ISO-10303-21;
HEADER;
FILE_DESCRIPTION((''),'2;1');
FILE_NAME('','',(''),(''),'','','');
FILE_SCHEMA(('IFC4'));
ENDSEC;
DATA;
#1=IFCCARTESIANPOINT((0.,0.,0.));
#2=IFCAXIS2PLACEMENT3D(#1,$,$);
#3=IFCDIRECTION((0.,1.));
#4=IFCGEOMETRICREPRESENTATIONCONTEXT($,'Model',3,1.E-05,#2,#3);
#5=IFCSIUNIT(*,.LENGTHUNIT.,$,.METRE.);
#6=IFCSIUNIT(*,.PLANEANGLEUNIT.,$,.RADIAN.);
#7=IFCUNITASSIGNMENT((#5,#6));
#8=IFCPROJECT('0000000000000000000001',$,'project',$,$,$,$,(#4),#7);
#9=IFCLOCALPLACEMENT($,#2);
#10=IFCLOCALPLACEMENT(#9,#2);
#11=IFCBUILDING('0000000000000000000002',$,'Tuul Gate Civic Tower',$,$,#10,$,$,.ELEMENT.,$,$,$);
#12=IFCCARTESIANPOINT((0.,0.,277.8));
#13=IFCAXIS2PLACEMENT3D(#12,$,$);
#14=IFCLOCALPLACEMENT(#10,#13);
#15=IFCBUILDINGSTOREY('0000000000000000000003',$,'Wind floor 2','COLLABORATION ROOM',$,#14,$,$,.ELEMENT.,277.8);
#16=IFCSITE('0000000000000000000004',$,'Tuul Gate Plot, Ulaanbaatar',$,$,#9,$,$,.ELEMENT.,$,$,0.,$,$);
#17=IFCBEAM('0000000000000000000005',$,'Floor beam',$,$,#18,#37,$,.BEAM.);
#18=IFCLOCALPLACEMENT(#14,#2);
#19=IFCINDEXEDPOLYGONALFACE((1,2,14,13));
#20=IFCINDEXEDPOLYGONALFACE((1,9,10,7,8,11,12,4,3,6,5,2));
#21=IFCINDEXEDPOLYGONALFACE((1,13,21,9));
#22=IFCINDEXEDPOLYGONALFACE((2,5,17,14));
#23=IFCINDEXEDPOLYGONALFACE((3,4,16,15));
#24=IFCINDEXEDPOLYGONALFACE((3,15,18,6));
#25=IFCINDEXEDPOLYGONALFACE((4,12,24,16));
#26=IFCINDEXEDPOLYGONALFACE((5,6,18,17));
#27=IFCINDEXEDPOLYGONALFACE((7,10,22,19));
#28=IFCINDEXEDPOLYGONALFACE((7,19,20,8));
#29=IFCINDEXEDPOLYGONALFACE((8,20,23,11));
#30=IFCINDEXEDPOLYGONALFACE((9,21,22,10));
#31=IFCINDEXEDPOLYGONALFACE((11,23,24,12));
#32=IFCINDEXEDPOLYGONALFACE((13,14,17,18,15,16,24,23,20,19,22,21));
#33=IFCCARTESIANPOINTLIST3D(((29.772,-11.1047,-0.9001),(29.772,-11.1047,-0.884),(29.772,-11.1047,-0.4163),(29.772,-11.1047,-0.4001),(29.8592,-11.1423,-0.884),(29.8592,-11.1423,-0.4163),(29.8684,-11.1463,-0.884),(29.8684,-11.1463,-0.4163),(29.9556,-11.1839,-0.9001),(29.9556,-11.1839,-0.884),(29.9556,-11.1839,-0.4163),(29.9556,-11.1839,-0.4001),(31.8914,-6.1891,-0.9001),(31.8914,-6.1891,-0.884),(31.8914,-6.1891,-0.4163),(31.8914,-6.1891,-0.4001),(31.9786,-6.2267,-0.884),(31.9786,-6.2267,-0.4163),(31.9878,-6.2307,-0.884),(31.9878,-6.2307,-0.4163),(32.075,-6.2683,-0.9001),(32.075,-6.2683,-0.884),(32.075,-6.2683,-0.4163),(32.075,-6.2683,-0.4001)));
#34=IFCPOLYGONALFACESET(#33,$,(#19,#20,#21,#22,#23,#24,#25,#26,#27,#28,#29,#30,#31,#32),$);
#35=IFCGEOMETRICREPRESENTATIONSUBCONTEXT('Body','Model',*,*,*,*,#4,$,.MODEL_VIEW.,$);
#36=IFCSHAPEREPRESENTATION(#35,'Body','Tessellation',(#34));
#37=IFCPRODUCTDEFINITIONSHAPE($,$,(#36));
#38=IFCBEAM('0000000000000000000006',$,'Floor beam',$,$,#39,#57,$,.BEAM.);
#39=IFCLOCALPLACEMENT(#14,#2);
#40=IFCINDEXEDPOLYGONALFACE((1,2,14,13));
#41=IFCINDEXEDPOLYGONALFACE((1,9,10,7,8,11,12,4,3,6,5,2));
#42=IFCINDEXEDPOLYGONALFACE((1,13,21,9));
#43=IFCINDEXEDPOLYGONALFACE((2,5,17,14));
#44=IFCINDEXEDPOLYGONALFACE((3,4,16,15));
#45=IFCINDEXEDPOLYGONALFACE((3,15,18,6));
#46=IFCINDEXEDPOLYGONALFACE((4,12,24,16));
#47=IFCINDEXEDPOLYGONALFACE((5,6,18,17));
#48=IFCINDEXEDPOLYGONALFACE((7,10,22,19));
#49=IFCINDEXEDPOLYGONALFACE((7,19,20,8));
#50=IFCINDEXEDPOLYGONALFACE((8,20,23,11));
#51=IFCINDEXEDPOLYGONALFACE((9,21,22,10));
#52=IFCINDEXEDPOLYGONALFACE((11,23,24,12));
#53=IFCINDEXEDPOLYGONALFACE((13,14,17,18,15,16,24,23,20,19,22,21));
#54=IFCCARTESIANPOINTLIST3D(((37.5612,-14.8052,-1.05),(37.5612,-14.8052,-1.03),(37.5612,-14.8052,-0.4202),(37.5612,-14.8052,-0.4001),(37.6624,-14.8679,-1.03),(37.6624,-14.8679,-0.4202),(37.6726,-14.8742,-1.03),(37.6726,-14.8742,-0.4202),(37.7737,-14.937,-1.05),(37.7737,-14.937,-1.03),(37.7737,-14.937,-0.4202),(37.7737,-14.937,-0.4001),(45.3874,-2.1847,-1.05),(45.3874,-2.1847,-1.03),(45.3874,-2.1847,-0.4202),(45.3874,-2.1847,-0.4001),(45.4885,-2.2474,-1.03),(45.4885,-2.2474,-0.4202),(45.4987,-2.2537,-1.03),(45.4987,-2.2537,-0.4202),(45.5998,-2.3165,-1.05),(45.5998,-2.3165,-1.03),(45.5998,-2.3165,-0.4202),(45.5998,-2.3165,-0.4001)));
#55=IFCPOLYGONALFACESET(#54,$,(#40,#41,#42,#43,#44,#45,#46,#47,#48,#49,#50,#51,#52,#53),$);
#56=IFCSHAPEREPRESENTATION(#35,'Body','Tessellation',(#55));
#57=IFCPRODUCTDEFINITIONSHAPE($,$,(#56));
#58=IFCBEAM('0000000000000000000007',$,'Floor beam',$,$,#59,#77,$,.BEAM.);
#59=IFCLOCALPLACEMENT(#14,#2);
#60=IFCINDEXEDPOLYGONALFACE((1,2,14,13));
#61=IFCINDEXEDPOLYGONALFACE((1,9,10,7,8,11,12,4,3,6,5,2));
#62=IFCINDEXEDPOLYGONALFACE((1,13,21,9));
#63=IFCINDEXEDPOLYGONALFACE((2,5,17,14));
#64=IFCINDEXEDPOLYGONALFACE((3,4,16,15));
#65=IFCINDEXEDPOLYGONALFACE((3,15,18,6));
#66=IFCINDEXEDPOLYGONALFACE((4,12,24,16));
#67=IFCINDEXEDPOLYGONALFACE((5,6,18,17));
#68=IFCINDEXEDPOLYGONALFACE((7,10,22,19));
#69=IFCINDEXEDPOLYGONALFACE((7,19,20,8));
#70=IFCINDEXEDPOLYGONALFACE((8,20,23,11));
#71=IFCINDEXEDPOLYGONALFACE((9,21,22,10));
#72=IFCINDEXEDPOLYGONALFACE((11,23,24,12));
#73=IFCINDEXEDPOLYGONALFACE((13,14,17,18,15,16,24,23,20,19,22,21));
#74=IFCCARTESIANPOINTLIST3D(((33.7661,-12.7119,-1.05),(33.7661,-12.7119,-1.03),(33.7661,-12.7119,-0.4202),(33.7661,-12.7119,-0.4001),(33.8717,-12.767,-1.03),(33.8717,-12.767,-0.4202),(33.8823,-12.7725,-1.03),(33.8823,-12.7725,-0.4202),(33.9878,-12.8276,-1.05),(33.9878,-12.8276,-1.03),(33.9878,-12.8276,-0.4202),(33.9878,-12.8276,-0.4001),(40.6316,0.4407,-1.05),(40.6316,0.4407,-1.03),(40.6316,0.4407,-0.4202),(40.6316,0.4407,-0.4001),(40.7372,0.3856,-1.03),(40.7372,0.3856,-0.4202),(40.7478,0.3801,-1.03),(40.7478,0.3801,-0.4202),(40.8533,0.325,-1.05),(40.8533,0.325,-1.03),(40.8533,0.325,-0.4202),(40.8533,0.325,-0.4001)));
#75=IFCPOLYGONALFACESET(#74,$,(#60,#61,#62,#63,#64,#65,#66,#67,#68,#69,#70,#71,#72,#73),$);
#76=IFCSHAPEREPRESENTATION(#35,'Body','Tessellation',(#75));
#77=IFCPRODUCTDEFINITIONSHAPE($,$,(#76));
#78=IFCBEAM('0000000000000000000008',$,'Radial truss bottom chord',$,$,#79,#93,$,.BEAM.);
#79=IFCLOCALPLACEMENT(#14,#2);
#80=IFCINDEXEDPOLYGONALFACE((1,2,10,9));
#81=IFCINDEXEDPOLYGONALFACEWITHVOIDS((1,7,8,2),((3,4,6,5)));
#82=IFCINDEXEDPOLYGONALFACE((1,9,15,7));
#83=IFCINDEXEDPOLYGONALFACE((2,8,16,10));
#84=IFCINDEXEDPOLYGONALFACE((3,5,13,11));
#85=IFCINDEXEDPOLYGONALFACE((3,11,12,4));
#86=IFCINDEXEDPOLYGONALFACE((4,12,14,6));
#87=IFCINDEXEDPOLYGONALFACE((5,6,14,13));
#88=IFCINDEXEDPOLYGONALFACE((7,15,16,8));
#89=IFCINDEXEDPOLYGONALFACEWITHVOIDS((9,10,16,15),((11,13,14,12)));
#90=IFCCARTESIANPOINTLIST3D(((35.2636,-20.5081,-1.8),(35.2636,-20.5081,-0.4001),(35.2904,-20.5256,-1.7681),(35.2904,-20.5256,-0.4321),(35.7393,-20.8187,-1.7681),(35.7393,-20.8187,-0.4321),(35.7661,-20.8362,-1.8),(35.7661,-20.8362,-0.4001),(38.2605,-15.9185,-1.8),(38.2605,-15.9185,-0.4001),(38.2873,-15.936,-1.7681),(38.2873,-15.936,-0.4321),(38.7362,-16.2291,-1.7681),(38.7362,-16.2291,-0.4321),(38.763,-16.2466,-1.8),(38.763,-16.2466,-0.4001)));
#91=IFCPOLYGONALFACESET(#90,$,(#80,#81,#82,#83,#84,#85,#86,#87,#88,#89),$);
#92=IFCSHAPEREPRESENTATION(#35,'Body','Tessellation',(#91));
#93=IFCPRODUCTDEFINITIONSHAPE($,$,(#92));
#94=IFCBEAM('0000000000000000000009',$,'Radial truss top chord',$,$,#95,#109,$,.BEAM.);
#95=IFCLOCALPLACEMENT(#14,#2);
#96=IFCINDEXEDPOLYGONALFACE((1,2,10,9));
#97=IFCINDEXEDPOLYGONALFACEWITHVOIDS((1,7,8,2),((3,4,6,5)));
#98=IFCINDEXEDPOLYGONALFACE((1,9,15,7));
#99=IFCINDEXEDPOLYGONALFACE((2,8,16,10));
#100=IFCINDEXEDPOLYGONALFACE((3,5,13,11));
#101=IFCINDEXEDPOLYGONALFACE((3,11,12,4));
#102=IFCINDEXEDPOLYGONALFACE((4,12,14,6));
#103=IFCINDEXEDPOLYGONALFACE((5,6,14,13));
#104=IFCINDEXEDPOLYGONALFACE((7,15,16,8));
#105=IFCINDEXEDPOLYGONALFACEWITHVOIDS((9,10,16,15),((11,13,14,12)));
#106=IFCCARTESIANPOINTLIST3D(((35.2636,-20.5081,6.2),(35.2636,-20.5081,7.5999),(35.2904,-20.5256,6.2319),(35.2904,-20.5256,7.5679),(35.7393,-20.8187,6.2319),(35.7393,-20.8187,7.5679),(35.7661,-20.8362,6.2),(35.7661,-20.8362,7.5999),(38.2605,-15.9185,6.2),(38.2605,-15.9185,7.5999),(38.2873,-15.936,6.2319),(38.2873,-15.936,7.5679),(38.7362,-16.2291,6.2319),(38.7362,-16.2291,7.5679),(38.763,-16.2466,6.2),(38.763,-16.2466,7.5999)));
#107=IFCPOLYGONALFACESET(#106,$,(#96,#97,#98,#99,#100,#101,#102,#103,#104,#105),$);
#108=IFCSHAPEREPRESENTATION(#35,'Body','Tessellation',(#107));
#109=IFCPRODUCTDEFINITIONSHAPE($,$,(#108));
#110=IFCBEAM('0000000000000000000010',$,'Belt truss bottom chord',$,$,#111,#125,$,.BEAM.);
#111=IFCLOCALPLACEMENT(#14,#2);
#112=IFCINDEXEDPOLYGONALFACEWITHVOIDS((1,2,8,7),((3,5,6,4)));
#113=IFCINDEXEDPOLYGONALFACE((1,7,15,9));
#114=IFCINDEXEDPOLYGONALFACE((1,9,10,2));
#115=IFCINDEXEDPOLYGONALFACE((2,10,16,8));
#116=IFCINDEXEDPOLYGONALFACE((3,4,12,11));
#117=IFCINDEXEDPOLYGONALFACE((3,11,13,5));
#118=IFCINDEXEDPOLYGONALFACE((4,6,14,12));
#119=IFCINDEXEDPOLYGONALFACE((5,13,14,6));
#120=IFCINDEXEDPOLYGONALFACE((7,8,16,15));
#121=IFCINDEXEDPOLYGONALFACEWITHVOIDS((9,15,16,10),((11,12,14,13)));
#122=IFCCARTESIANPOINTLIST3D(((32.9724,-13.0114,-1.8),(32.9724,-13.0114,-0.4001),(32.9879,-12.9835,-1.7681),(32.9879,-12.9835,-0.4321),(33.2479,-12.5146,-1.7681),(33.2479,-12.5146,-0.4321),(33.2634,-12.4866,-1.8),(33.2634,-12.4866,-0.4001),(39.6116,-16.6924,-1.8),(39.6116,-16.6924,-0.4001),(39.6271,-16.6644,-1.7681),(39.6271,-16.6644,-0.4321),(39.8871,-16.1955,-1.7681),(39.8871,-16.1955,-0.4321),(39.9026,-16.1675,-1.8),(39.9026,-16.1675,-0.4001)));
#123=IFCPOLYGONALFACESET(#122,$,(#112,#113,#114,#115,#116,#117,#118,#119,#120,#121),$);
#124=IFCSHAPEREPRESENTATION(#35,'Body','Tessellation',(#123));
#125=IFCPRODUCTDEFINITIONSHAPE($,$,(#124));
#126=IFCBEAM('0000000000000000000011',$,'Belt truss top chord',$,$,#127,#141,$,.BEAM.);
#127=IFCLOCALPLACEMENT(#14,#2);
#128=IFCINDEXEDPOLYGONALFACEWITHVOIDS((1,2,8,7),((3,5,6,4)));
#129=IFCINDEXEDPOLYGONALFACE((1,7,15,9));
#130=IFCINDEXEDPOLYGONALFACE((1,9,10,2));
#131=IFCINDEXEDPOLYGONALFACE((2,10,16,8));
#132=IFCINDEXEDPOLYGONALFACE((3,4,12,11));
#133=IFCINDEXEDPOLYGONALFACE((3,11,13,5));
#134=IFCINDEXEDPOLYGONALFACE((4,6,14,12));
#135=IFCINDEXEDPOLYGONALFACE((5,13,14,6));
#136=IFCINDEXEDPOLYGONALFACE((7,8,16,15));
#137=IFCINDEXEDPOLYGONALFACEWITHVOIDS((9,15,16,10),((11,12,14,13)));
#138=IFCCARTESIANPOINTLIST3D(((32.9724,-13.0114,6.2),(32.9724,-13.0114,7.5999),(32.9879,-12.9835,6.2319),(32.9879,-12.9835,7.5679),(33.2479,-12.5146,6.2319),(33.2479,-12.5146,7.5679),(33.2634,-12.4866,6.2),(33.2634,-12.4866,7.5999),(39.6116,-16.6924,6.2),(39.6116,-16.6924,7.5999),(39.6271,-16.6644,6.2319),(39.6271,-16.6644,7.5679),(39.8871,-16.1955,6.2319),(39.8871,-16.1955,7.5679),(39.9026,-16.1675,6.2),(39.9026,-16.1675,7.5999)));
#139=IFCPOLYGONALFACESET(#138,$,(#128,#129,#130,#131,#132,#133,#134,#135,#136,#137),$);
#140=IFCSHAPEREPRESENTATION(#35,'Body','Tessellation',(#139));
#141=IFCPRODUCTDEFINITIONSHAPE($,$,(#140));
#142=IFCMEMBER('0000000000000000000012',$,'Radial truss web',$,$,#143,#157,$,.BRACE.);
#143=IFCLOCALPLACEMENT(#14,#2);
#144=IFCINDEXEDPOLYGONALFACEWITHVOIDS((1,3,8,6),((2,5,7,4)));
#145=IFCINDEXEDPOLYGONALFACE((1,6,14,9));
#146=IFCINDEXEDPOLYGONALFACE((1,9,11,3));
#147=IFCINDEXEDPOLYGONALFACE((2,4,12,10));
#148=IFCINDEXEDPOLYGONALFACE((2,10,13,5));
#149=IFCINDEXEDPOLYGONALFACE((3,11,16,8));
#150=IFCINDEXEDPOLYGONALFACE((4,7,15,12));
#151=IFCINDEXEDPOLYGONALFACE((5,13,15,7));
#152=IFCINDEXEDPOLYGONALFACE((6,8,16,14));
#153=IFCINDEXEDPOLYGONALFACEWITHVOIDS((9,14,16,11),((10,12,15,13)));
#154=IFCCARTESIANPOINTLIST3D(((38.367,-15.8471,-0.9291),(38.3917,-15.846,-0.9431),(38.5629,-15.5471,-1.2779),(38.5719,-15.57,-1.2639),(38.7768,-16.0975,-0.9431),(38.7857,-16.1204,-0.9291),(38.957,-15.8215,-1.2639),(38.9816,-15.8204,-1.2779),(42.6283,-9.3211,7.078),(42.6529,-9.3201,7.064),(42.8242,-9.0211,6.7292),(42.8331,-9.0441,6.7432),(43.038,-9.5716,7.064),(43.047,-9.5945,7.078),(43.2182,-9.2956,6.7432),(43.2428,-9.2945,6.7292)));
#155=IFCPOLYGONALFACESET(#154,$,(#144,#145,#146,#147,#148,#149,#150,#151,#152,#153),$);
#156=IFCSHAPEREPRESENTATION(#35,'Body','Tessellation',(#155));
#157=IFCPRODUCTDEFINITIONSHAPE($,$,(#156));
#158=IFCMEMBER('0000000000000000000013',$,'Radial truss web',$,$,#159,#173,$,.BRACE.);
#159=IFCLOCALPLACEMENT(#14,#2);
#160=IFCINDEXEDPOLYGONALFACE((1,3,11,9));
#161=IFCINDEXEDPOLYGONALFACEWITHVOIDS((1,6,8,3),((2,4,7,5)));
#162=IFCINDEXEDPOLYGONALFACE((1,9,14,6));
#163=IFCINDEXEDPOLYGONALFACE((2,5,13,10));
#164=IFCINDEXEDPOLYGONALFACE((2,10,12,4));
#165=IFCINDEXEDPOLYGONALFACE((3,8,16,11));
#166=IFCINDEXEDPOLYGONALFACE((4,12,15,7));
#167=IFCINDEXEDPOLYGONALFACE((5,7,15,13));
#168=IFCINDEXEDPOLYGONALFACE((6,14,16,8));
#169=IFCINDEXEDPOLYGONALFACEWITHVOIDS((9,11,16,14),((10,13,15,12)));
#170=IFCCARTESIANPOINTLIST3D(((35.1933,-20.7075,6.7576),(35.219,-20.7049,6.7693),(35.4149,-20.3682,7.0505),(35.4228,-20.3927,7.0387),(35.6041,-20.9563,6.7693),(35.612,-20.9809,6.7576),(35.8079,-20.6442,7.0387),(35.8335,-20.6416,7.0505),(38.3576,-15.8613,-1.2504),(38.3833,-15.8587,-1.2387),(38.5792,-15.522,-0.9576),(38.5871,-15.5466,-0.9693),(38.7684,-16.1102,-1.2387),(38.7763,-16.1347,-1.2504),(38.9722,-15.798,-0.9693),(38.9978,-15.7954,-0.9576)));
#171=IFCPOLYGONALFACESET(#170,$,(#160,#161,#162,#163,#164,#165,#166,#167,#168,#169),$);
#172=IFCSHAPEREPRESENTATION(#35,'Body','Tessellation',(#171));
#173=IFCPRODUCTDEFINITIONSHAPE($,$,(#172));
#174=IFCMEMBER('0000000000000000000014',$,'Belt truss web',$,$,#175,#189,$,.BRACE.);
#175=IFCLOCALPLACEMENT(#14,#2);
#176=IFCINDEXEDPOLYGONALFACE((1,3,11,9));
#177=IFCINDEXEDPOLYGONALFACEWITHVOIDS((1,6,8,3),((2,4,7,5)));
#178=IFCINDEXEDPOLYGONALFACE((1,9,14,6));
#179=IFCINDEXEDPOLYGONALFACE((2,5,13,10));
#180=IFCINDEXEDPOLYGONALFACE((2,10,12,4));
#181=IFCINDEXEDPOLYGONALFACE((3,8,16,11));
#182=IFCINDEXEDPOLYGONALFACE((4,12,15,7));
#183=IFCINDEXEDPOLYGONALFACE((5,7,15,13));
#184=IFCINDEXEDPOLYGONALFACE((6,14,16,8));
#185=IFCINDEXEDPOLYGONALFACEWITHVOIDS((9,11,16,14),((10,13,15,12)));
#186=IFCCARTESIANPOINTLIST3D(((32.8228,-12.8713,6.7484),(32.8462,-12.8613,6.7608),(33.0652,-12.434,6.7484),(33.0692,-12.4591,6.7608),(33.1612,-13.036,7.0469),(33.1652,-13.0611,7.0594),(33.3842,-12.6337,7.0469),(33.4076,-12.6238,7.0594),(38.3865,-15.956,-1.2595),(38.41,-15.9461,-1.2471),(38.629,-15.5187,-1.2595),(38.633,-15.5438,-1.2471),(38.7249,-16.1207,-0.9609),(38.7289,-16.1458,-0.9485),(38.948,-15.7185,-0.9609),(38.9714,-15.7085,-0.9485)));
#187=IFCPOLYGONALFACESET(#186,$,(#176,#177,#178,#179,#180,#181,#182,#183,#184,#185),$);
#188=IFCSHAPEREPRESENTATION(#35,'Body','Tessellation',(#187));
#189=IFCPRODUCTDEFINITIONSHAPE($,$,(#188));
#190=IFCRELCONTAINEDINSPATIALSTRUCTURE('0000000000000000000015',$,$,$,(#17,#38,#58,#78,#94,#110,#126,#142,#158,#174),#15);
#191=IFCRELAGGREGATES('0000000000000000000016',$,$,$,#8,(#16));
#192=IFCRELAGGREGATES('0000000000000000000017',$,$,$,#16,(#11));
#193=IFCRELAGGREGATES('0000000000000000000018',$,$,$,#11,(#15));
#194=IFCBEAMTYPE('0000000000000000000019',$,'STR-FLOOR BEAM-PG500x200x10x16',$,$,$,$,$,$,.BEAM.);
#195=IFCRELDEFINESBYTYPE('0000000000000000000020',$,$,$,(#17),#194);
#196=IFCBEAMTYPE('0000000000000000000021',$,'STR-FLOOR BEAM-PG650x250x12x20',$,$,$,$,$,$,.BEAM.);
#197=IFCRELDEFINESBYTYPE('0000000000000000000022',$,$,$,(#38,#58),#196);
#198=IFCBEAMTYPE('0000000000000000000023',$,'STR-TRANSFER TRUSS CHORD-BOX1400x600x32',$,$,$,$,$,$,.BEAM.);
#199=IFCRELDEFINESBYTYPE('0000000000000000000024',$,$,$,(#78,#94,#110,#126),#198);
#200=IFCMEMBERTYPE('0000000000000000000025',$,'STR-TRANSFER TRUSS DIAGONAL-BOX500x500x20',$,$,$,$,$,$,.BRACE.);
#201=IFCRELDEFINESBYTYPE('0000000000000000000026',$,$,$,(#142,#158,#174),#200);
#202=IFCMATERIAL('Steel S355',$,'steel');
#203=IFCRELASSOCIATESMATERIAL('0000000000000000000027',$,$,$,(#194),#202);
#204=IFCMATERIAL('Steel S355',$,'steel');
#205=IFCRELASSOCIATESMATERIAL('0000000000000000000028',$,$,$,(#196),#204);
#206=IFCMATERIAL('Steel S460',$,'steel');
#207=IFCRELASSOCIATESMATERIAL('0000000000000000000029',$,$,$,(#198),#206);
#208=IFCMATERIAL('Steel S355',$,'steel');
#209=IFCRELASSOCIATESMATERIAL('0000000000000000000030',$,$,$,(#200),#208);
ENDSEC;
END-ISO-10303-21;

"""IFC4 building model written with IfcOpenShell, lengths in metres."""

from ifc_helpers import new_model, si_unit, direction, frame, origin, origin_2d, place, context, subcontext, project, spatial, hollow_rectangle, i_section, extrude, material, material_profile, profile_set, type_object, element, save


model = new_model("IFC4")

# Units and contexts
model_context = context("Model", 3, precision=1e-05, world=origin(), true_north=direction((0.0, 1.0)))
body_context = subcontext(model_context, "Body", "Model", "MODEL_VIEW")
ifc_project = project(units=[si_unit("LENGTHUNIT", "METRE"), si_unit("PLANEANGLEUNIT", "RADIAN")], contexts=[model_context])

# Site, building, storey
site_placement = place(None, origin())
site = spatial("IfcSite", under=ifc_project, at=site_placement, Name="Tuul Gate Plot, Ulaanbaatar", CompositionType="ELEMENT", RefElevation=0.0)
building_placement = place(site_placement, origin())
building = spatial("IfcBuilding", under=site, at=building_placement, Name="Tuul Gate Civic Tower", CompositionType="ELEMENT")
storey_placement = place(building_placement, frame((0.0, 0.0, 277.8)))
storey = spatial("IfcBuildingStorey", under=building, at=storey_placement, Name="Wind floor 2", Description="COLLABORATION ROOM", CompositionType="ELEMENT", Elevation=277.8)

# Beams
ifc_material_1 = material(Name="Steel S355", Category="steel")
ifc_material_profile_1 = material_profile(ifc_material_1, i_section(OverallWidth=0.2, OverallDepth=0.5, WebThickness=0.01, FlangeThickness=0.0161, at=origin_2d()), Name="PG500x200x10x16")
ifc_profile_set_1 = profile_set([ifc_material_profile_1], Name="Steel S355")
beam_type_1 = type_object("IfcBeamType", Name="STR-FLOOR BEAM-PG500x200x10x16", PredefinedType="BEAM", material=ifc_profile_set_1)
beam_1_placement = place(storey_placement, frame((29.8638, -11.1443, -0.6501), z_axis=(0.395927, 0.918282, 0.0), x_axis=(-0.918282, 0.395927, 0.0)))
element("IfcBeam", 1, at=beam_1_placement, inside=storey, type_object=beam_type_1, Name="Floor beam", PredefinedType="BEAM", context=body_context, shape_type="SweptSolid", body=[
    extrude(i_section(OverallWidth=0.2, OverallDepth=0.5, WebThickness=0.01, FlangeThickness=0.0161, at=origin_2d()), origin(), (0.0, 0.0, 1.0), 5.353),
])
ifc_material_2 = material(Name="Steel S355", Category="steel")
ifc_material_profile_2 = material_profile(ifc_material_2, i_section(OverallWidth=0.25, OverallDepth=0.6499, WebThickness=0.012, FlangeThickness=0.02, at=origin_2d()), Name="PG650x250x12x20")
ifc_profile_set_2 = profile_set([ifc_material_profile_2], Name="Steel S355")
beam_type_2 = type_object("IfcBeamType", Name="STR-FLOOR BEAM-PG650x250x12x20", PredefinedType="BEAM", material=ifc_profile_set_2)
beam_2_placement = place(storey_placement, frame((37.6675, -14.8711, -0.7251), z_axis=(0.527008, 0.849861, 0.0), x_axis=(-0.849861, 0.527008, 0.0)))
element("IfcBeam", 2, at=beam_2_placement, inside=storey, type_object=beam_type_2, Name="Floor beam", PredefinedType="BEAM", context=body_context, shape_type="SweptSolid", body=[
    extrude(i_section(OverallWidth=0.25, OverallDepth=0.6499, WebThickness=0.012, FlangeThickness=0.02, at=origin_2d()), origin(), (0.0, 0.0, 1.0), 14.8501),
])
beam_3_placement = place(storey_placement, frame((33.877, -12.7698, -0.7251), z_axis=(0.462739, 0.886495, 0.0), x_axis=(-0.886495, 0.462739, 0.0)))
element("IfcBeam", 3, at=beam_3_placement, inside=storey, type_object=beam_type_2, Name="Floor beam", PredefinedType="BEAM", context=body_context, shape_type="SweptSolid", body=[
    extrude(i_section(OverallWidth=0.25, OverallDepth=0.6499, WebThickness=0.012, FlangeThickness=0.02, at=origin_2d()), origin(), (0.0, 0.0, 1.0), 14.8367),
])
ifc_material_3 = material(Name="Steel S460", Category="steel")
ifc_material_profile_3 = material_profile(ifc_material_3, hollow_rectangle(XDim=0.6001, YDim=1.3999, WallThickness=0.032, at=origin_2d()), Name="BOX1400x600x32")
ifc_profile_set_3 = profile_set([ifc_material_profile_3], Name="Steel S460")
beam_type_3 = type_object("IfcBeamType", Name="STR-TRANSFER TRUSS CHORD-BOX1400x600x32", PredefinedType="BEAM", material=ifc_profile_set_3)
for number, where, z_axis, x_axis, name in (
    (4, (38.5117, -16.0825, -1.1001), (-0.54673, -0.837309, 0.0), (0.837309, -0.54673, 0.0), "Radial truss bottom chord"),
    (5, (38.5117, -16.0825, 6.8999), (-0.54673, -0.837309, 0.0), (0.837309, -0.54673, 0.0), "Radial truss top chord"),
):
    element("IfcBeam", number, at=place(storey_placement, frame(where, z_axis=z_axis, x_axis=x_axis)), inside=storey, type_object=beam_type_3, Name=name, PredefinedType="BEAM", context=body_context, shape_type="SweptSolid", body=[
        extrude(hollow_rectangle(XDim=0.6001, YDim=1.3999, WallThickness=0.032, at=origin_2d()), origin(), (0.0, 0.0, 1.0), 5.4814),
    ])
for number, where, z_axis, x_axis, name in (
    (6, (33.1179, -12.749, -1.1001), (0.874577, -0.484886, 0.0), (0.484886, 0.874577, 0.0), "Belt truss bottom chord"),
    (7, (33.1179, -12.749, 6.8999), (0.874577, -0.484886, 0.0), (0.484886, 0.874577, 0.0), "Belt truss top chord"),
):
    element("IfcBeam", number, at=place(storey_placement, frame(where, z_axis=z_axis, x_axis=x_axis)), inside=storey, type_object=beam_type_3, Name=name, PredefinedType="BEAM", context=body_context, shape_type="SweptSolid", body=[
        extrude(hollow_rectangle(XDim=0.6001, YDim=1.3999, WallThickness=0.032, at=origin_2d()), origin(), (0.0, 0.0, 1.0), 7.5913),
    ])

# Members
ifc_material_4 = material(Name="Steel S355", Category="steel")
ifc_material_profile_4 = material_profile(ifc_material_4, hollow_rectangle(XDim=0.5, YDim=0.5, WallThickness=0.02, at=origin_2d()), Name="BOX500x500x20")
ifc_profile_set_4 = profile_set([ifc_material_profile_4], Name="Steel S355")
member_type_1 = type_object("IfcMemberType", Name="STR-TRANSFER TRUSS DIAGONAL-BOX500x500x20", PredefinedType="BRACE", material=ifc_profile_set_4)
member_1_placement = place(storey_placement, frame((38.6743, -15.8337, -1.1035), z_axis=(0.381352, 0.584023, 0.716581), x_axis=(-0.837304, 0.546738, 0.0)))
element("IfcMember", 8, at=member_1_placement, inside=storey, type_object=member_type_1, Name="Radial truss web", PredefinedType="BRACE", context=body_context, shape_type="SweptSolid", body=[
    extrude(hollow_rectangle(XDim=0.5, YDim=0.5, WallThickness=0.02, at=origin_2d()), origin(), (0.0, 0.0, 1.0), 11.1741),
])
member_2_placement = place(storey_placement, frame((38.6777, -15.8284, -1.104), z_axis=(-0.320253, -0.490473, 0.810478), x_axis=(0.837314, -0.546722, 0.0)))
element("IfcMember", 9, at=member_2_placement, inside=storey, type_object=member_type_1, Name="Radial truss web", PredefinedType="BRACE", context=body_context, shape_type="SweptSolid", body=[
    extrude(hollow_rectangle(XDim=0.5, YDim=0.5, WallThickness=0.02, at=origin_2d()), origin(), (0.0, 0.0, 1.0), 9.8806),
])
member_3_placement = place(storey_placement, frame((38.679, -15.8323, -1.104), z_axis=(-0.544012, 0.301619, 0.782992), x_axis=(-0.484893, -0.874573, 0.0)))
element("IfcMember", 10, at=member_3_placement, inside=storey, type_object=member_type_1, Name="Belt truss web", PredefinedType="BRACE", context=body_context, shape_type="SweptSolid", body=[
    extrude(hollow_rectangle(XDim=0.5, YDim=0.5, WallThickness=0.02, at=origin_2d()), origin(), (0.0, 0.0, 1.0), 10.2273),
])

save(model, "model.ifc")
